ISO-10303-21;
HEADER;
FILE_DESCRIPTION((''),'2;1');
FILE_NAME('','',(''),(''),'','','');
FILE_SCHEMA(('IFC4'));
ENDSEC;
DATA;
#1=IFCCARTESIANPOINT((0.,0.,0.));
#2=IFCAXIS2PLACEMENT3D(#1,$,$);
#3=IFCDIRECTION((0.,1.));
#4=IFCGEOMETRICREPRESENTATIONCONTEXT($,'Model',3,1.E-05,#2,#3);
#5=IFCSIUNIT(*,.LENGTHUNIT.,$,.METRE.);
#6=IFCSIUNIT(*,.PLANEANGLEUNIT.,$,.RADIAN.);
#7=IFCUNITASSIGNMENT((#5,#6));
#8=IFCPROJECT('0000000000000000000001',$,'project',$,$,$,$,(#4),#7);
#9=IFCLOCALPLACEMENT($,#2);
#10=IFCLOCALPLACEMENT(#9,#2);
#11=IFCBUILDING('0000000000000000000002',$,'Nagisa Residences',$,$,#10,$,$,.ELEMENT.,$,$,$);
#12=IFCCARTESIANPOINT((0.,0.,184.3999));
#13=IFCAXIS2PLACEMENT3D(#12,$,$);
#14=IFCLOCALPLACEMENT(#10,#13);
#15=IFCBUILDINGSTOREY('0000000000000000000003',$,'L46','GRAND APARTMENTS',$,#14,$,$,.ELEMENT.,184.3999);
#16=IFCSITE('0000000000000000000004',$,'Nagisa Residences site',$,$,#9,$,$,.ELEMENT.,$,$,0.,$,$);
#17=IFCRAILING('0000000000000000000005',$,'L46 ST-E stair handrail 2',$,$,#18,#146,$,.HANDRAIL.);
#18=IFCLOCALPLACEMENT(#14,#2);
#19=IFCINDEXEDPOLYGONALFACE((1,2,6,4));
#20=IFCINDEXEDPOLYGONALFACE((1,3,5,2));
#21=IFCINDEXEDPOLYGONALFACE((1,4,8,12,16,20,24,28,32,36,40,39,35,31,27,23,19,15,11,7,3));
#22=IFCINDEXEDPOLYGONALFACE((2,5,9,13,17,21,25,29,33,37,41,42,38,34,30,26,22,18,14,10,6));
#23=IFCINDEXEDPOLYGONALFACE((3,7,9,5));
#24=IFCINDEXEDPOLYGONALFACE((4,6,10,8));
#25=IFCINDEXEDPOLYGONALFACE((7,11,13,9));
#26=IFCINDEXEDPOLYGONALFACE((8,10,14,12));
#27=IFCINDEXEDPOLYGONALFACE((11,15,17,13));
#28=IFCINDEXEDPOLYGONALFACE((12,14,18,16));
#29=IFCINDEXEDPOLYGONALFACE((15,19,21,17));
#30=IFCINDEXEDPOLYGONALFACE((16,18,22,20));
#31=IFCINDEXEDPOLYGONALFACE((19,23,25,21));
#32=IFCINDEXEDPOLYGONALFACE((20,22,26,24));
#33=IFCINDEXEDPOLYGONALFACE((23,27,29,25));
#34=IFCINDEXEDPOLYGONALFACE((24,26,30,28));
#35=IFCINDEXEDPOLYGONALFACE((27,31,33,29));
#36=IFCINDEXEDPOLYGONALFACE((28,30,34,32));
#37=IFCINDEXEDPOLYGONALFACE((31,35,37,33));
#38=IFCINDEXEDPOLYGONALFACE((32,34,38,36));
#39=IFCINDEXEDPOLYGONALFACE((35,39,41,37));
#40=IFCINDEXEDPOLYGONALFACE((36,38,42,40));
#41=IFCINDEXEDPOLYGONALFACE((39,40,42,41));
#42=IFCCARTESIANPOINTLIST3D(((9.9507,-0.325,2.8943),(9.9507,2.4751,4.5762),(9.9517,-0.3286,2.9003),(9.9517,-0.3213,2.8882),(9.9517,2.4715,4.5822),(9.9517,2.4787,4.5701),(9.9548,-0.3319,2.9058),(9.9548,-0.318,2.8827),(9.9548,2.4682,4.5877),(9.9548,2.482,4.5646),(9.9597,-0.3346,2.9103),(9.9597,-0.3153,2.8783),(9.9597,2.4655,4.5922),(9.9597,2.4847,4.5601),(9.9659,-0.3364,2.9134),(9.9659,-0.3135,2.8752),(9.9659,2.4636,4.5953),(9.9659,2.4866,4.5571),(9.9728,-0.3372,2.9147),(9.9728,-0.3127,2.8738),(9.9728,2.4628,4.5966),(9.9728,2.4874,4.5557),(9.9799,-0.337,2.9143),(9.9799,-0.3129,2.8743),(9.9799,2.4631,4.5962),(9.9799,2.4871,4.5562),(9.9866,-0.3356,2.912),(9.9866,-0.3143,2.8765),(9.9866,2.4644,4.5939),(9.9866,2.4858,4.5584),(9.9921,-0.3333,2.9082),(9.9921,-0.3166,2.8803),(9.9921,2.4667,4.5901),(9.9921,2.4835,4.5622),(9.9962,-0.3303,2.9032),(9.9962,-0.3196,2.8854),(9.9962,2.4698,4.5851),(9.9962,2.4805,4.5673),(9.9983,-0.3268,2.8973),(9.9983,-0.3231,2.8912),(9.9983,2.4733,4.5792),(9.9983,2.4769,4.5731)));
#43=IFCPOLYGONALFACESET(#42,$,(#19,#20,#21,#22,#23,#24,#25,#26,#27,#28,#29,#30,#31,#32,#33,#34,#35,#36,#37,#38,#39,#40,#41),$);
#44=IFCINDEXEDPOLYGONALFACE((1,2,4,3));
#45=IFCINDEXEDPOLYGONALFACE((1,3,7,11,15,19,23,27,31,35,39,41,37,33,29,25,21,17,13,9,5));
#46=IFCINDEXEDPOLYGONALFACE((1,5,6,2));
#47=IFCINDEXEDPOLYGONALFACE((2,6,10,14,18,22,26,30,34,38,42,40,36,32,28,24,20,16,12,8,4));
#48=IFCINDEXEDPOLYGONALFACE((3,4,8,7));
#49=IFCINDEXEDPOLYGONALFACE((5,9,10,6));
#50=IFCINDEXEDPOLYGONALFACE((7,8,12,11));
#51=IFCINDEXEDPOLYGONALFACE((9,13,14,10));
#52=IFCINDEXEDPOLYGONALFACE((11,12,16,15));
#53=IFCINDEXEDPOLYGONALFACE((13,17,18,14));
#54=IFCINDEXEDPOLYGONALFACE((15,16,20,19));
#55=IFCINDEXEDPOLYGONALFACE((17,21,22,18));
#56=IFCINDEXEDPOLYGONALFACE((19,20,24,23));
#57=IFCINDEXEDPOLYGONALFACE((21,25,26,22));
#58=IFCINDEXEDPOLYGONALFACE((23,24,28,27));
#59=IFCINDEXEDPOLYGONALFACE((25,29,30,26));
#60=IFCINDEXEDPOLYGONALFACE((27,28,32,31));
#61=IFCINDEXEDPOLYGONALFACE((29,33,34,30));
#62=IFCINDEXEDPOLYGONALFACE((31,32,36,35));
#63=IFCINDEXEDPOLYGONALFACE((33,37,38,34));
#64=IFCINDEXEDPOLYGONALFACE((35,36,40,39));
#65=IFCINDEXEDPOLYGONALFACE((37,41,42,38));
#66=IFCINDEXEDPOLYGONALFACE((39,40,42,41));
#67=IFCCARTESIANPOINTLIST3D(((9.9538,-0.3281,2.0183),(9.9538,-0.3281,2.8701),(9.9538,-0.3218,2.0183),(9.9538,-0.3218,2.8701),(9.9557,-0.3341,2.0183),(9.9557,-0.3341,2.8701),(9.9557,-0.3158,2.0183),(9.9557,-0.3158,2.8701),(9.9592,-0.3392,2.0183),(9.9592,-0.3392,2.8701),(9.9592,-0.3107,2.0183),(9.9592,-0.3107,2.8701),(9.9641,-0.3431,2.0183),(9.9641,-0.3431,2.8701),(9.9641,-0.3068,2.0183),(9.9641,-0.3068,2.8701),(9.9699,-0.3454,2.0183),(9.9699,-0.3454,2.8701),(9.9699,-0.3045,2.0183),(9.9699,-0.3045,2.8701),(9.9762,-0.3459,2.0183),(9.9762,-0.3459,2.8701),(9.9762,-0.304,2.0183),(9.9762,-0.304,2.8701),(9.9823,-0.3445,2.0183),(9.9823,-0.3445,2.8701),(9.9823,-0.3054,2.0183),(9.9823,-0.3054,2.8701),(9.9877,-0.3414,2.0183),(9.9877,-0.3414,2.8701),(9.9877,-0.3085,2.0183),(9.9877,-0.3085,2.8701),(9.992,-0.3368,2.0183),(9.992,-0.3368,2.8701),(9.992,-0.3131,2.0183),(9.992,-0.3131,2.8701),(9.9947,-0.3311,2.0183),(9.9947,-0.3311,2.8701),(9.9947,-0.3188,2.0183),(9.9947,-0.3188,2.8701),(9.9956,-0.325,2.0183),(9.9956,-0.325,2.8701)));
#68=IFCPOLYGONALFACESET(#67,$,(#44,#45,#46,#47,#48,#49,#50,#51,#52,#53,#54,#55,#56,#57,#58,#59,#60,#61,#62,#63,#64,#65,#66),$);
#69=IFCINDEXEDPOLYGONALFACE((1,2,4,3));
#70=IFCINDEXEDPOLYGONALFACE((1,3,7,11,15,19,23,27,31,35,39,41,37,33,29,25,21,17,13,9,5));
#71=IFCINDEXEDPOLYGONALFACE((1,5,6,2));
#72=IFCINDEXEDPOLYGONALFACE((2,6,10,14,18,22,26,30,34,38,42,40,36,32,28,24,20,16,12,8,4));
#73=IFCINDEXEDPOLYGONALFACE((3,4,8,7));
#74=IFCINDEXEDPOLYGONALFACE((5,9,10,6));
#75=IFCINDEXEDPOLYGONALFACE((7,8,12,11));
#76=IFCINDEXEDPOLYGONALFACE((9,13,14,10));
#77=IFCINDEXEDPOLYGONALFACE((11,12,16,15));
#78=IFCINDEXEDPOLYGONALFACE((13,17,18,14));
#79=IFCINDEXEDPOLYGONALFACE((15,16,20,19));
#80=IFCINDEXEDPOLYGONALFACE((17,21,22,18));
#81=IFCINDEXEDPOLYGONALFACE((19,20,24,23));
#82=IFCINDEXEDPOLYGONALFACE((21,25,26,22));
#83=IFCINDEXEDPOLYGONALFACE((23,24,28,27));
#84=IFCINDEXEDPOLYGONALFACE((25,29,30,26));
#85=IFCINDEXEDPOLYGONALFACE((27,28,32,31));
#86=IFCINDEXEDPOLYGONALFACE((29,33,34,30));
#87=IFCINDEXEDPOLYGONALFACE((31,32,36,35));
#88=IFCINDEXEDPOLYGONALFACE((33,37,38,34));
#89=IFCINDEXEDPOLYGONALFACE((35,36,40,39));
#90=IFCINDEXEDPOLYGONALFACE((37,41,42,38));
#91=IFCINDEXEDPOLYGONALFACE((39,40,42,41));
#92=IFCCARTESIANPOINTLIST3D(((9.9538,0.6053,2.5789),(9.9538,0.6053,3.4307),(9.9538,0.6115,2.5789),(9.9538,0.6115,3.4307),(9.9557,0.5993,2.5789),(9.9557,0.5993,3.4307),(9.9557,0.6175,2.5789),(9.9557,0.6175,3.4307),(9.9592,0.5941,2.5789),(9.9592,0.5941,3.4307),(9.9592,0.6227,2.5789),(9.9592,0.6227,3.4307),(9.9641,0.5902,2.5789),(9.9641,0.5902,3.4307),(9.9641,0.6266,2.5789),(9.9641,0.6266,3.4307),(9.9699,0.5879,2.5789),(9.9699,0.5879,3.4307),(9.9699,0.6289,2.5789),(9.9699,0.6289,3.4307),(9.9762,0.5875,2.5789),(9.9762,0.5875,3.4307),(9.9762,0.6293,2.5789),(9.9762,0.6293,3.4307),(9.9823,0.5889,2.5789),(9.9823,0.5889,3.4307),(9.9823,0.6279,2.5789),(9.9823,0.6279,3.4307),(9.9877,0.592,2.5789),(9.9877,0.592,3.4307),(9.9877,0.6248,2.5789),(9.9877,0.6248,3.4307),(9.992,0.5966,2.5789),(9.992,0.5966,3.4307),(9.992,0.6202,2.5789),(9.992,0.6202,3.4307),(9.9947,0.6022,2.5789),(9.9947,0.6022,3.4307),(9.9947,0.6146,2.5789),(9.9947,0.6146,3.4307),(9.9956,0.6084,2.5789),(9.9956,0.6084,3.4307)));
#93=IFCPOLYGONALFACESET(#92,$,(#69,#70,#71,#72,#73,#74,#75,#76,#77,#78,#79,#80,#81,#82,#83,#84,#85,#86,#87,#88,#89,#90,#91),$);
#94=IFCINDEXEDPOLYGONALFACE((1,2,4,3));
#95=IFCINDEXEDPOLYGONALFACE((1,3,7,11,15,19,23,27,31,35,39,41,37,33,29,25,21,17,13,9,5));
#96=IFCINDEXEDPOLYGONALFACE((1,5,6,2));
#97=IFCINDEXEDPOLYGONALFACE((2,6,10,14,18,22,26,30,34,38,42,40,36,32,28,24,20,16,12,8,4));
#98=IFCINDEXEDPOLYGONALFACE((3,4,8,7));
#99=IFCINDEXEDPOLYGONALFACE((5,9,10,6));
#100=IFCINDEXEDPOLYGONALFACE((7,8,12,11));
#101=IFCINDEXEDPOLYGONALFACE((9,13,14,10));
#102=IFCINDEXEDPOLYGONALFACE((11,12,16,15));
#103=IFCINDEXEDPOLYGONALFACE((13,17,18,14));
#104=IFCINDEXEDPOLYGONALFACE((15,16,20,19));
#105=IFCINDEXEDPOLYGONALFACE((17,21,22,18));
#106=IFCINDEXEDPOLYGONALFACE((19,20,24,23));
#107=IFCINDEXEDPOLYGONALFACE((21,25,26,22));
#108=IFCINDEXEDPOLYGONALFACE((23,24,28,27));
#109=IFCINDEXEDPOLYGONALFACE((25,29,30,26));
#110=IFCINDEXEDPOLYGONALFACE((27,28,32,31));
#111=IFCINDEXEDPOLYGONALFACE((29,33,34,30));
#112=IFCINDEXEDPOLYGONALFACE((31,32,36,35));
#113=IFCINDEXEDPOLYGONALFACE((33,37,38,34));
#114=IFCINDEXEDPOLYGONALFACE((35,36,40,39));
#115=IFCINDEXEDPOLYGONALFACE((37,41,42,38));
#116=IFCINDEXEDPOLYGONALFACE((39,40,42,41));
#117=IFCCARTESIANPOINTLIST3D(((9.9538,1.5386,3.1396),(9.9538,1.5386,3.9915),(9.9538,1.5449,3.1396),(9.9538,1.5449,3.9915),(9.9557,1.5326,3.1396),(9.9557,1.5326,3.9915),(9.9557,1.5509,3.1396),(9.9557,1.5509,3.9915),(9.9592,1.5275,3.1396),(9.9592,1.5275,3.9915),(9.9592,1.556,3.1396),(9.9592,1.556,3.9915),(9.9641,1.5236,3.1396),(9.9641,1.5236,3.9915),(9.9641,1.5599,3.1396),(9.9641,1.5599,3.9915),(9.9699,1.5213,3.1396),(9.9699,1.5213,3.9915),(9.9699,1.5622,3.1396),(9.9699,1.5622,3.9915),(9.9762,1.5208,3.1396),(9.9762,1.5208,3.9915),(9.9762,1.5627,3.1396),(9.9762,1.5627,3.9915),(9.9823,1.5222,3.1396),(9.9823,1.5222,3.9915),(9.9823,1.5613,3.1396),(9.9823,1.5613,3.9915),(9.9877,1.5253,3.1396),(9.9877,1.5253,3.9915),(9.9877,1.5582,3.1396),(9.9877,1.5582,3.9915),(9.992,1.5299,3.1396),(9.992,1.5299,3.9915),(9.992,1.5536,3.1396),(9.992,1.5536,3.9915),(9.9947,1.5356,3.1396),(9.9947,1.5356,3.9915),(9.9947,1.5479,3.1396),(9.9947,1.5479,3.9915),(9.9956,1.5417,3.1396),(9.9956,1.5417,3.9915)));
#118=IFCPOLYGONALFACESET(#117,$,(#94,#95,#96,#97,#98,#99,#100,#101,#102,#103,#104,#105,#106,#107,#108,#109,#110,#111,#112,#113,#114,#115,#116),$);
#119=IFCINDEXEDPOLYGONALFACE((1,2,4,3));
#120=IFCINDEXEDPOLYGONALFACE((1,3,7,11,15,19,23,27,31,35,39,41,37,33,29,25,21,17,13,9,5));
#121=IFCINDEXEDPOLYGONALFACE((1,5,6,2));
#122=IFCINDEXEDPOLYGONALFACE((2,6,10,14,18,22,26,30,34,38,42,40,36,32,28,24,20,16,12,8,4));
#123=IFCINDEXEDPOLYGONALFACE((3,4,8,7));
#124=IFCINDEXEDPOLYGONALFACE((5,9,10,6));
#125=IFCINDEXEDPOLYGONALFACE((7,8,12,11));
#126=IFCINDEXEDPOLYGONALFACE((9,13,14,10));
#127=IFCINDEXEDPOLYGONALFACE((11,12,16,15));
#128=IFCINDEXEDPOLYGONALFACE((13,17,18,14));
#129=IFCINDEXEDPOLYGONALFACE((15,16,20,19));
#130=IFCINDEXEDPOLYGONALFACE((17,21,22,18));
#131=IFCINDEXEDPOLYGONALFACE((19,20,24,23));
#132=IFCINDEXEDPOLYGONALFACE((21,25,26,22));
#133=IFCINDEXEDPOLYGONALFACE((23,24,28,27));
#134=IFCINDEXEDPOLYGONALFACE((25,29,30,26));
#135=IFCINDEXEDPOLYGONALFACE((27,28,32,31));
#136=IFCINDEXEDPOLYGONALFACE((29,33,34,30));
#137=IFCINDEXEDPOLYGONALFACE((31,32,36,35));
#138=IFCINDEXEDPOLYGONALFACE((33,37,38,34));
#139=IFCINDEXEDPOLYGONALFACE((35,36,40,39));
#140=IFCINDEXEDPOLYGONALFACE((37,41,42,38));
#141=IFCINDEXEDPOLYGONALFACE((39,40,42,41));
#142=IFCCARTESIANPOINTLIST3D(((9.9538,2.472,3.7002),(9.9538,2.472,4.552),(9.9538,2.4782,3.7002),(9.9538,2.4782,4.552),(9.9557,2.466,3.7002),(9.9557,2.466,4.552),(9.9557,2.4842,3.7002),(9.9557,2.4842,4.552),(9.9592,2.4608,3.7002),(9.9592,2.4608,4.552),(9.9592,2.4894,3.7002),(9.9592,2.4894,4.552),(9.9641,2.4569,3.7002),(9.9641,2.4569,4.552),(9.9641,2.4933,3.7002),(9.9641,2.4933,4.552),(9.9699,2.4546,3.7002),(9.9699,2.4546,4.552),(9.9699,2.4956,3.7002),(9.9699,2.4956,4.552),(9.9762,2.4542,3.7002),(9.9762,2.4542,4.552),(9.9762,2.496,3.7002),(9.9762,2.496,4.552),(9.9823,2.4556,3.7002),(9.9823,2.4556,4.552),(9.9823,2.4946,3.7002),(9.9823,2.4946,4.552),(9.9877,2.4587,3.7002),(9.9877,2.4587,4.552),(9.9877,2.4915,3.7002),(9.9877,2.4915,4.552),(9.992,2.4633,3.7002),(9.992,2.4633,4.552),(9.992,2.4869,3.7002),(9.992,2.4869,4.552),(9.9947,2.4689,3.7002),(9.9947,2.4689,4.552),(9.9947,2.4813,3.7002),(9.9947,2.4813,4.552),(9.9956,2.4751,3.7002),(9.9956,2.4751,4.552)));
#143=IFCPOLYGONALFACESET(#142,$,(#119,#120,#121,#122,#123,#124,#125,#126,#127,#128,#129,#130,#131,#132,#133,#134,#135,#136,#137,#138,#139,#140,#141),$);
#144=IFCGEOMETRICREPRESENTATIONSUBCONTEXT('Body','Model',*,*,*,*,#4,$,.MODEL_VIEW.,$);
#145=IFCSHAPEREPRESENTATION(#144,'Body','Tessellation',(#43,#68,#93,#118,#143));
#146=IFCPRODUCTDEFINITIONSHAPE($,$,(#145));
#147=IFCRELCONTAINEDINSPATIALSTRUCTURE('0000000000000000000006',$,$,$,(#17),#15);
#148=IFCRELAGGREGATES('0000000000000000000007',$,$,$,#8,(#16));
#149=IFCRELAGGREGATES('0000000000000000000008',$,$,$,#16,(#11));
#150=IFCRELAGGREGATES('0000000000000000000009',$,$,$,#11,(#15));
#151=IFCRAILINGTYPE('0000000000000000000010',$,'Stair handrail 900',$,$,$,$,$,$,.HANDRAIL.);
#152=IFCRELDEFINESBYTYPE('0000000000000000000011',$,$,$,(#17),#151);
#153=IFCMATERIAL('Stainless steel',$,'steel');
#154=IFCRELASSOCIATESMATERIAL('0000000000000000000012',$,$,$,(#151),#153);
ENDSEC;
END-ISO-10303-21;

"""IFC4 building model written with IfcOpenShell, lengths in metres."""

from ifc_helpers import new_model, si_unit, direction, frame, origin, origin_2d, place, context, subcontext, project, spatial, circle, extrude, material, type_object, element, save


model = new_model("IFC4")

# Units and contexts
model_context = context("Model", 3, precision=1e-05, world=origin(), true_north=direction((0.0, 1.0)))
body_context = subcontext(model_context, "Body", "Model", "MODEL_VIEW")
ifc_project = project(units=[si_unit("LENGTHUNIT", "METRE"), si_unit("PLANEANGLEUNIT", "RADIAN")], contexts=[model_context])

# Site, building, storey
site_placement = place(None, origin())
site = spatial("IfcSite", under=ifc_project, at=site_placement, Name="Nagisa Residences site", CompositionType="ELEMENT", RefElevation=0.0)
building_placement = place(site_placement, origin())
building = spatial("IfcBuilding", under=site, at=building_placement, Name="Nagisa Residences", CompositionType="ELEMENT")
storey_placement = place(building_placement, frame((0.0, 0.0, 184.3999)))
storey = spatial("IfcBuildingStorey", under=building, at=storey_placement, Name="L46", Description="GRAND APARTMENTS", CompositionType="ELEMENT", Elevation=184.3999)

# Railing
ifc_material_1 = material(Name="Stainless steel", Category="steel")
railing_type = type_object("IfcRailingType", Name="Stair handrail 900", PredefinedType="HANDRAIL", material=ifc_material_1)
railing_placement = place(storey_placement, frame((9.9746, -0.325, 2.0183)))
element("IfcRailing", 1, at=railing_placement, inside=storey, type_object=railing_type, Name="L46 ST-E stair handrail 2", PredefinedType="HANDRAIL", context=body_context, shape_type="SweptSolid", body=[
    extrude(circle(Radius=0.0239, at=origin_2d()), frame((0.0, 0.0, 0.876), z_axis=(0.0, 0.857242, 0.514913), x_axis=(-1.0, 0.0, 0.0)), (0.0, 0.0, 1.0), 3.2664),
    extrude(circle(Radius=0.021, at=origin_2d()), origin(), (0.0, 0.0, 1.0), 0.8518),
    extrude(circle(Radius=0.021, at=origin_2d()), frame((0.0, 0.9333, 0.5605)), (0.0, 0.0, 1.0), 0.8518),
    extrude(circle(Radius=0.021, at=origin_2d()), frame((0.0, 1.8667, 1.1213)), (0.0, 0.0, 1.0), 0.8518),
    extrude(circle(Radius=0.021, at=origin_2d()), frame((0.0, 2.8, 1.6819)), (0.0, 0.0, 1.0), 0.8518),
])

save(model, "model.ifc")
